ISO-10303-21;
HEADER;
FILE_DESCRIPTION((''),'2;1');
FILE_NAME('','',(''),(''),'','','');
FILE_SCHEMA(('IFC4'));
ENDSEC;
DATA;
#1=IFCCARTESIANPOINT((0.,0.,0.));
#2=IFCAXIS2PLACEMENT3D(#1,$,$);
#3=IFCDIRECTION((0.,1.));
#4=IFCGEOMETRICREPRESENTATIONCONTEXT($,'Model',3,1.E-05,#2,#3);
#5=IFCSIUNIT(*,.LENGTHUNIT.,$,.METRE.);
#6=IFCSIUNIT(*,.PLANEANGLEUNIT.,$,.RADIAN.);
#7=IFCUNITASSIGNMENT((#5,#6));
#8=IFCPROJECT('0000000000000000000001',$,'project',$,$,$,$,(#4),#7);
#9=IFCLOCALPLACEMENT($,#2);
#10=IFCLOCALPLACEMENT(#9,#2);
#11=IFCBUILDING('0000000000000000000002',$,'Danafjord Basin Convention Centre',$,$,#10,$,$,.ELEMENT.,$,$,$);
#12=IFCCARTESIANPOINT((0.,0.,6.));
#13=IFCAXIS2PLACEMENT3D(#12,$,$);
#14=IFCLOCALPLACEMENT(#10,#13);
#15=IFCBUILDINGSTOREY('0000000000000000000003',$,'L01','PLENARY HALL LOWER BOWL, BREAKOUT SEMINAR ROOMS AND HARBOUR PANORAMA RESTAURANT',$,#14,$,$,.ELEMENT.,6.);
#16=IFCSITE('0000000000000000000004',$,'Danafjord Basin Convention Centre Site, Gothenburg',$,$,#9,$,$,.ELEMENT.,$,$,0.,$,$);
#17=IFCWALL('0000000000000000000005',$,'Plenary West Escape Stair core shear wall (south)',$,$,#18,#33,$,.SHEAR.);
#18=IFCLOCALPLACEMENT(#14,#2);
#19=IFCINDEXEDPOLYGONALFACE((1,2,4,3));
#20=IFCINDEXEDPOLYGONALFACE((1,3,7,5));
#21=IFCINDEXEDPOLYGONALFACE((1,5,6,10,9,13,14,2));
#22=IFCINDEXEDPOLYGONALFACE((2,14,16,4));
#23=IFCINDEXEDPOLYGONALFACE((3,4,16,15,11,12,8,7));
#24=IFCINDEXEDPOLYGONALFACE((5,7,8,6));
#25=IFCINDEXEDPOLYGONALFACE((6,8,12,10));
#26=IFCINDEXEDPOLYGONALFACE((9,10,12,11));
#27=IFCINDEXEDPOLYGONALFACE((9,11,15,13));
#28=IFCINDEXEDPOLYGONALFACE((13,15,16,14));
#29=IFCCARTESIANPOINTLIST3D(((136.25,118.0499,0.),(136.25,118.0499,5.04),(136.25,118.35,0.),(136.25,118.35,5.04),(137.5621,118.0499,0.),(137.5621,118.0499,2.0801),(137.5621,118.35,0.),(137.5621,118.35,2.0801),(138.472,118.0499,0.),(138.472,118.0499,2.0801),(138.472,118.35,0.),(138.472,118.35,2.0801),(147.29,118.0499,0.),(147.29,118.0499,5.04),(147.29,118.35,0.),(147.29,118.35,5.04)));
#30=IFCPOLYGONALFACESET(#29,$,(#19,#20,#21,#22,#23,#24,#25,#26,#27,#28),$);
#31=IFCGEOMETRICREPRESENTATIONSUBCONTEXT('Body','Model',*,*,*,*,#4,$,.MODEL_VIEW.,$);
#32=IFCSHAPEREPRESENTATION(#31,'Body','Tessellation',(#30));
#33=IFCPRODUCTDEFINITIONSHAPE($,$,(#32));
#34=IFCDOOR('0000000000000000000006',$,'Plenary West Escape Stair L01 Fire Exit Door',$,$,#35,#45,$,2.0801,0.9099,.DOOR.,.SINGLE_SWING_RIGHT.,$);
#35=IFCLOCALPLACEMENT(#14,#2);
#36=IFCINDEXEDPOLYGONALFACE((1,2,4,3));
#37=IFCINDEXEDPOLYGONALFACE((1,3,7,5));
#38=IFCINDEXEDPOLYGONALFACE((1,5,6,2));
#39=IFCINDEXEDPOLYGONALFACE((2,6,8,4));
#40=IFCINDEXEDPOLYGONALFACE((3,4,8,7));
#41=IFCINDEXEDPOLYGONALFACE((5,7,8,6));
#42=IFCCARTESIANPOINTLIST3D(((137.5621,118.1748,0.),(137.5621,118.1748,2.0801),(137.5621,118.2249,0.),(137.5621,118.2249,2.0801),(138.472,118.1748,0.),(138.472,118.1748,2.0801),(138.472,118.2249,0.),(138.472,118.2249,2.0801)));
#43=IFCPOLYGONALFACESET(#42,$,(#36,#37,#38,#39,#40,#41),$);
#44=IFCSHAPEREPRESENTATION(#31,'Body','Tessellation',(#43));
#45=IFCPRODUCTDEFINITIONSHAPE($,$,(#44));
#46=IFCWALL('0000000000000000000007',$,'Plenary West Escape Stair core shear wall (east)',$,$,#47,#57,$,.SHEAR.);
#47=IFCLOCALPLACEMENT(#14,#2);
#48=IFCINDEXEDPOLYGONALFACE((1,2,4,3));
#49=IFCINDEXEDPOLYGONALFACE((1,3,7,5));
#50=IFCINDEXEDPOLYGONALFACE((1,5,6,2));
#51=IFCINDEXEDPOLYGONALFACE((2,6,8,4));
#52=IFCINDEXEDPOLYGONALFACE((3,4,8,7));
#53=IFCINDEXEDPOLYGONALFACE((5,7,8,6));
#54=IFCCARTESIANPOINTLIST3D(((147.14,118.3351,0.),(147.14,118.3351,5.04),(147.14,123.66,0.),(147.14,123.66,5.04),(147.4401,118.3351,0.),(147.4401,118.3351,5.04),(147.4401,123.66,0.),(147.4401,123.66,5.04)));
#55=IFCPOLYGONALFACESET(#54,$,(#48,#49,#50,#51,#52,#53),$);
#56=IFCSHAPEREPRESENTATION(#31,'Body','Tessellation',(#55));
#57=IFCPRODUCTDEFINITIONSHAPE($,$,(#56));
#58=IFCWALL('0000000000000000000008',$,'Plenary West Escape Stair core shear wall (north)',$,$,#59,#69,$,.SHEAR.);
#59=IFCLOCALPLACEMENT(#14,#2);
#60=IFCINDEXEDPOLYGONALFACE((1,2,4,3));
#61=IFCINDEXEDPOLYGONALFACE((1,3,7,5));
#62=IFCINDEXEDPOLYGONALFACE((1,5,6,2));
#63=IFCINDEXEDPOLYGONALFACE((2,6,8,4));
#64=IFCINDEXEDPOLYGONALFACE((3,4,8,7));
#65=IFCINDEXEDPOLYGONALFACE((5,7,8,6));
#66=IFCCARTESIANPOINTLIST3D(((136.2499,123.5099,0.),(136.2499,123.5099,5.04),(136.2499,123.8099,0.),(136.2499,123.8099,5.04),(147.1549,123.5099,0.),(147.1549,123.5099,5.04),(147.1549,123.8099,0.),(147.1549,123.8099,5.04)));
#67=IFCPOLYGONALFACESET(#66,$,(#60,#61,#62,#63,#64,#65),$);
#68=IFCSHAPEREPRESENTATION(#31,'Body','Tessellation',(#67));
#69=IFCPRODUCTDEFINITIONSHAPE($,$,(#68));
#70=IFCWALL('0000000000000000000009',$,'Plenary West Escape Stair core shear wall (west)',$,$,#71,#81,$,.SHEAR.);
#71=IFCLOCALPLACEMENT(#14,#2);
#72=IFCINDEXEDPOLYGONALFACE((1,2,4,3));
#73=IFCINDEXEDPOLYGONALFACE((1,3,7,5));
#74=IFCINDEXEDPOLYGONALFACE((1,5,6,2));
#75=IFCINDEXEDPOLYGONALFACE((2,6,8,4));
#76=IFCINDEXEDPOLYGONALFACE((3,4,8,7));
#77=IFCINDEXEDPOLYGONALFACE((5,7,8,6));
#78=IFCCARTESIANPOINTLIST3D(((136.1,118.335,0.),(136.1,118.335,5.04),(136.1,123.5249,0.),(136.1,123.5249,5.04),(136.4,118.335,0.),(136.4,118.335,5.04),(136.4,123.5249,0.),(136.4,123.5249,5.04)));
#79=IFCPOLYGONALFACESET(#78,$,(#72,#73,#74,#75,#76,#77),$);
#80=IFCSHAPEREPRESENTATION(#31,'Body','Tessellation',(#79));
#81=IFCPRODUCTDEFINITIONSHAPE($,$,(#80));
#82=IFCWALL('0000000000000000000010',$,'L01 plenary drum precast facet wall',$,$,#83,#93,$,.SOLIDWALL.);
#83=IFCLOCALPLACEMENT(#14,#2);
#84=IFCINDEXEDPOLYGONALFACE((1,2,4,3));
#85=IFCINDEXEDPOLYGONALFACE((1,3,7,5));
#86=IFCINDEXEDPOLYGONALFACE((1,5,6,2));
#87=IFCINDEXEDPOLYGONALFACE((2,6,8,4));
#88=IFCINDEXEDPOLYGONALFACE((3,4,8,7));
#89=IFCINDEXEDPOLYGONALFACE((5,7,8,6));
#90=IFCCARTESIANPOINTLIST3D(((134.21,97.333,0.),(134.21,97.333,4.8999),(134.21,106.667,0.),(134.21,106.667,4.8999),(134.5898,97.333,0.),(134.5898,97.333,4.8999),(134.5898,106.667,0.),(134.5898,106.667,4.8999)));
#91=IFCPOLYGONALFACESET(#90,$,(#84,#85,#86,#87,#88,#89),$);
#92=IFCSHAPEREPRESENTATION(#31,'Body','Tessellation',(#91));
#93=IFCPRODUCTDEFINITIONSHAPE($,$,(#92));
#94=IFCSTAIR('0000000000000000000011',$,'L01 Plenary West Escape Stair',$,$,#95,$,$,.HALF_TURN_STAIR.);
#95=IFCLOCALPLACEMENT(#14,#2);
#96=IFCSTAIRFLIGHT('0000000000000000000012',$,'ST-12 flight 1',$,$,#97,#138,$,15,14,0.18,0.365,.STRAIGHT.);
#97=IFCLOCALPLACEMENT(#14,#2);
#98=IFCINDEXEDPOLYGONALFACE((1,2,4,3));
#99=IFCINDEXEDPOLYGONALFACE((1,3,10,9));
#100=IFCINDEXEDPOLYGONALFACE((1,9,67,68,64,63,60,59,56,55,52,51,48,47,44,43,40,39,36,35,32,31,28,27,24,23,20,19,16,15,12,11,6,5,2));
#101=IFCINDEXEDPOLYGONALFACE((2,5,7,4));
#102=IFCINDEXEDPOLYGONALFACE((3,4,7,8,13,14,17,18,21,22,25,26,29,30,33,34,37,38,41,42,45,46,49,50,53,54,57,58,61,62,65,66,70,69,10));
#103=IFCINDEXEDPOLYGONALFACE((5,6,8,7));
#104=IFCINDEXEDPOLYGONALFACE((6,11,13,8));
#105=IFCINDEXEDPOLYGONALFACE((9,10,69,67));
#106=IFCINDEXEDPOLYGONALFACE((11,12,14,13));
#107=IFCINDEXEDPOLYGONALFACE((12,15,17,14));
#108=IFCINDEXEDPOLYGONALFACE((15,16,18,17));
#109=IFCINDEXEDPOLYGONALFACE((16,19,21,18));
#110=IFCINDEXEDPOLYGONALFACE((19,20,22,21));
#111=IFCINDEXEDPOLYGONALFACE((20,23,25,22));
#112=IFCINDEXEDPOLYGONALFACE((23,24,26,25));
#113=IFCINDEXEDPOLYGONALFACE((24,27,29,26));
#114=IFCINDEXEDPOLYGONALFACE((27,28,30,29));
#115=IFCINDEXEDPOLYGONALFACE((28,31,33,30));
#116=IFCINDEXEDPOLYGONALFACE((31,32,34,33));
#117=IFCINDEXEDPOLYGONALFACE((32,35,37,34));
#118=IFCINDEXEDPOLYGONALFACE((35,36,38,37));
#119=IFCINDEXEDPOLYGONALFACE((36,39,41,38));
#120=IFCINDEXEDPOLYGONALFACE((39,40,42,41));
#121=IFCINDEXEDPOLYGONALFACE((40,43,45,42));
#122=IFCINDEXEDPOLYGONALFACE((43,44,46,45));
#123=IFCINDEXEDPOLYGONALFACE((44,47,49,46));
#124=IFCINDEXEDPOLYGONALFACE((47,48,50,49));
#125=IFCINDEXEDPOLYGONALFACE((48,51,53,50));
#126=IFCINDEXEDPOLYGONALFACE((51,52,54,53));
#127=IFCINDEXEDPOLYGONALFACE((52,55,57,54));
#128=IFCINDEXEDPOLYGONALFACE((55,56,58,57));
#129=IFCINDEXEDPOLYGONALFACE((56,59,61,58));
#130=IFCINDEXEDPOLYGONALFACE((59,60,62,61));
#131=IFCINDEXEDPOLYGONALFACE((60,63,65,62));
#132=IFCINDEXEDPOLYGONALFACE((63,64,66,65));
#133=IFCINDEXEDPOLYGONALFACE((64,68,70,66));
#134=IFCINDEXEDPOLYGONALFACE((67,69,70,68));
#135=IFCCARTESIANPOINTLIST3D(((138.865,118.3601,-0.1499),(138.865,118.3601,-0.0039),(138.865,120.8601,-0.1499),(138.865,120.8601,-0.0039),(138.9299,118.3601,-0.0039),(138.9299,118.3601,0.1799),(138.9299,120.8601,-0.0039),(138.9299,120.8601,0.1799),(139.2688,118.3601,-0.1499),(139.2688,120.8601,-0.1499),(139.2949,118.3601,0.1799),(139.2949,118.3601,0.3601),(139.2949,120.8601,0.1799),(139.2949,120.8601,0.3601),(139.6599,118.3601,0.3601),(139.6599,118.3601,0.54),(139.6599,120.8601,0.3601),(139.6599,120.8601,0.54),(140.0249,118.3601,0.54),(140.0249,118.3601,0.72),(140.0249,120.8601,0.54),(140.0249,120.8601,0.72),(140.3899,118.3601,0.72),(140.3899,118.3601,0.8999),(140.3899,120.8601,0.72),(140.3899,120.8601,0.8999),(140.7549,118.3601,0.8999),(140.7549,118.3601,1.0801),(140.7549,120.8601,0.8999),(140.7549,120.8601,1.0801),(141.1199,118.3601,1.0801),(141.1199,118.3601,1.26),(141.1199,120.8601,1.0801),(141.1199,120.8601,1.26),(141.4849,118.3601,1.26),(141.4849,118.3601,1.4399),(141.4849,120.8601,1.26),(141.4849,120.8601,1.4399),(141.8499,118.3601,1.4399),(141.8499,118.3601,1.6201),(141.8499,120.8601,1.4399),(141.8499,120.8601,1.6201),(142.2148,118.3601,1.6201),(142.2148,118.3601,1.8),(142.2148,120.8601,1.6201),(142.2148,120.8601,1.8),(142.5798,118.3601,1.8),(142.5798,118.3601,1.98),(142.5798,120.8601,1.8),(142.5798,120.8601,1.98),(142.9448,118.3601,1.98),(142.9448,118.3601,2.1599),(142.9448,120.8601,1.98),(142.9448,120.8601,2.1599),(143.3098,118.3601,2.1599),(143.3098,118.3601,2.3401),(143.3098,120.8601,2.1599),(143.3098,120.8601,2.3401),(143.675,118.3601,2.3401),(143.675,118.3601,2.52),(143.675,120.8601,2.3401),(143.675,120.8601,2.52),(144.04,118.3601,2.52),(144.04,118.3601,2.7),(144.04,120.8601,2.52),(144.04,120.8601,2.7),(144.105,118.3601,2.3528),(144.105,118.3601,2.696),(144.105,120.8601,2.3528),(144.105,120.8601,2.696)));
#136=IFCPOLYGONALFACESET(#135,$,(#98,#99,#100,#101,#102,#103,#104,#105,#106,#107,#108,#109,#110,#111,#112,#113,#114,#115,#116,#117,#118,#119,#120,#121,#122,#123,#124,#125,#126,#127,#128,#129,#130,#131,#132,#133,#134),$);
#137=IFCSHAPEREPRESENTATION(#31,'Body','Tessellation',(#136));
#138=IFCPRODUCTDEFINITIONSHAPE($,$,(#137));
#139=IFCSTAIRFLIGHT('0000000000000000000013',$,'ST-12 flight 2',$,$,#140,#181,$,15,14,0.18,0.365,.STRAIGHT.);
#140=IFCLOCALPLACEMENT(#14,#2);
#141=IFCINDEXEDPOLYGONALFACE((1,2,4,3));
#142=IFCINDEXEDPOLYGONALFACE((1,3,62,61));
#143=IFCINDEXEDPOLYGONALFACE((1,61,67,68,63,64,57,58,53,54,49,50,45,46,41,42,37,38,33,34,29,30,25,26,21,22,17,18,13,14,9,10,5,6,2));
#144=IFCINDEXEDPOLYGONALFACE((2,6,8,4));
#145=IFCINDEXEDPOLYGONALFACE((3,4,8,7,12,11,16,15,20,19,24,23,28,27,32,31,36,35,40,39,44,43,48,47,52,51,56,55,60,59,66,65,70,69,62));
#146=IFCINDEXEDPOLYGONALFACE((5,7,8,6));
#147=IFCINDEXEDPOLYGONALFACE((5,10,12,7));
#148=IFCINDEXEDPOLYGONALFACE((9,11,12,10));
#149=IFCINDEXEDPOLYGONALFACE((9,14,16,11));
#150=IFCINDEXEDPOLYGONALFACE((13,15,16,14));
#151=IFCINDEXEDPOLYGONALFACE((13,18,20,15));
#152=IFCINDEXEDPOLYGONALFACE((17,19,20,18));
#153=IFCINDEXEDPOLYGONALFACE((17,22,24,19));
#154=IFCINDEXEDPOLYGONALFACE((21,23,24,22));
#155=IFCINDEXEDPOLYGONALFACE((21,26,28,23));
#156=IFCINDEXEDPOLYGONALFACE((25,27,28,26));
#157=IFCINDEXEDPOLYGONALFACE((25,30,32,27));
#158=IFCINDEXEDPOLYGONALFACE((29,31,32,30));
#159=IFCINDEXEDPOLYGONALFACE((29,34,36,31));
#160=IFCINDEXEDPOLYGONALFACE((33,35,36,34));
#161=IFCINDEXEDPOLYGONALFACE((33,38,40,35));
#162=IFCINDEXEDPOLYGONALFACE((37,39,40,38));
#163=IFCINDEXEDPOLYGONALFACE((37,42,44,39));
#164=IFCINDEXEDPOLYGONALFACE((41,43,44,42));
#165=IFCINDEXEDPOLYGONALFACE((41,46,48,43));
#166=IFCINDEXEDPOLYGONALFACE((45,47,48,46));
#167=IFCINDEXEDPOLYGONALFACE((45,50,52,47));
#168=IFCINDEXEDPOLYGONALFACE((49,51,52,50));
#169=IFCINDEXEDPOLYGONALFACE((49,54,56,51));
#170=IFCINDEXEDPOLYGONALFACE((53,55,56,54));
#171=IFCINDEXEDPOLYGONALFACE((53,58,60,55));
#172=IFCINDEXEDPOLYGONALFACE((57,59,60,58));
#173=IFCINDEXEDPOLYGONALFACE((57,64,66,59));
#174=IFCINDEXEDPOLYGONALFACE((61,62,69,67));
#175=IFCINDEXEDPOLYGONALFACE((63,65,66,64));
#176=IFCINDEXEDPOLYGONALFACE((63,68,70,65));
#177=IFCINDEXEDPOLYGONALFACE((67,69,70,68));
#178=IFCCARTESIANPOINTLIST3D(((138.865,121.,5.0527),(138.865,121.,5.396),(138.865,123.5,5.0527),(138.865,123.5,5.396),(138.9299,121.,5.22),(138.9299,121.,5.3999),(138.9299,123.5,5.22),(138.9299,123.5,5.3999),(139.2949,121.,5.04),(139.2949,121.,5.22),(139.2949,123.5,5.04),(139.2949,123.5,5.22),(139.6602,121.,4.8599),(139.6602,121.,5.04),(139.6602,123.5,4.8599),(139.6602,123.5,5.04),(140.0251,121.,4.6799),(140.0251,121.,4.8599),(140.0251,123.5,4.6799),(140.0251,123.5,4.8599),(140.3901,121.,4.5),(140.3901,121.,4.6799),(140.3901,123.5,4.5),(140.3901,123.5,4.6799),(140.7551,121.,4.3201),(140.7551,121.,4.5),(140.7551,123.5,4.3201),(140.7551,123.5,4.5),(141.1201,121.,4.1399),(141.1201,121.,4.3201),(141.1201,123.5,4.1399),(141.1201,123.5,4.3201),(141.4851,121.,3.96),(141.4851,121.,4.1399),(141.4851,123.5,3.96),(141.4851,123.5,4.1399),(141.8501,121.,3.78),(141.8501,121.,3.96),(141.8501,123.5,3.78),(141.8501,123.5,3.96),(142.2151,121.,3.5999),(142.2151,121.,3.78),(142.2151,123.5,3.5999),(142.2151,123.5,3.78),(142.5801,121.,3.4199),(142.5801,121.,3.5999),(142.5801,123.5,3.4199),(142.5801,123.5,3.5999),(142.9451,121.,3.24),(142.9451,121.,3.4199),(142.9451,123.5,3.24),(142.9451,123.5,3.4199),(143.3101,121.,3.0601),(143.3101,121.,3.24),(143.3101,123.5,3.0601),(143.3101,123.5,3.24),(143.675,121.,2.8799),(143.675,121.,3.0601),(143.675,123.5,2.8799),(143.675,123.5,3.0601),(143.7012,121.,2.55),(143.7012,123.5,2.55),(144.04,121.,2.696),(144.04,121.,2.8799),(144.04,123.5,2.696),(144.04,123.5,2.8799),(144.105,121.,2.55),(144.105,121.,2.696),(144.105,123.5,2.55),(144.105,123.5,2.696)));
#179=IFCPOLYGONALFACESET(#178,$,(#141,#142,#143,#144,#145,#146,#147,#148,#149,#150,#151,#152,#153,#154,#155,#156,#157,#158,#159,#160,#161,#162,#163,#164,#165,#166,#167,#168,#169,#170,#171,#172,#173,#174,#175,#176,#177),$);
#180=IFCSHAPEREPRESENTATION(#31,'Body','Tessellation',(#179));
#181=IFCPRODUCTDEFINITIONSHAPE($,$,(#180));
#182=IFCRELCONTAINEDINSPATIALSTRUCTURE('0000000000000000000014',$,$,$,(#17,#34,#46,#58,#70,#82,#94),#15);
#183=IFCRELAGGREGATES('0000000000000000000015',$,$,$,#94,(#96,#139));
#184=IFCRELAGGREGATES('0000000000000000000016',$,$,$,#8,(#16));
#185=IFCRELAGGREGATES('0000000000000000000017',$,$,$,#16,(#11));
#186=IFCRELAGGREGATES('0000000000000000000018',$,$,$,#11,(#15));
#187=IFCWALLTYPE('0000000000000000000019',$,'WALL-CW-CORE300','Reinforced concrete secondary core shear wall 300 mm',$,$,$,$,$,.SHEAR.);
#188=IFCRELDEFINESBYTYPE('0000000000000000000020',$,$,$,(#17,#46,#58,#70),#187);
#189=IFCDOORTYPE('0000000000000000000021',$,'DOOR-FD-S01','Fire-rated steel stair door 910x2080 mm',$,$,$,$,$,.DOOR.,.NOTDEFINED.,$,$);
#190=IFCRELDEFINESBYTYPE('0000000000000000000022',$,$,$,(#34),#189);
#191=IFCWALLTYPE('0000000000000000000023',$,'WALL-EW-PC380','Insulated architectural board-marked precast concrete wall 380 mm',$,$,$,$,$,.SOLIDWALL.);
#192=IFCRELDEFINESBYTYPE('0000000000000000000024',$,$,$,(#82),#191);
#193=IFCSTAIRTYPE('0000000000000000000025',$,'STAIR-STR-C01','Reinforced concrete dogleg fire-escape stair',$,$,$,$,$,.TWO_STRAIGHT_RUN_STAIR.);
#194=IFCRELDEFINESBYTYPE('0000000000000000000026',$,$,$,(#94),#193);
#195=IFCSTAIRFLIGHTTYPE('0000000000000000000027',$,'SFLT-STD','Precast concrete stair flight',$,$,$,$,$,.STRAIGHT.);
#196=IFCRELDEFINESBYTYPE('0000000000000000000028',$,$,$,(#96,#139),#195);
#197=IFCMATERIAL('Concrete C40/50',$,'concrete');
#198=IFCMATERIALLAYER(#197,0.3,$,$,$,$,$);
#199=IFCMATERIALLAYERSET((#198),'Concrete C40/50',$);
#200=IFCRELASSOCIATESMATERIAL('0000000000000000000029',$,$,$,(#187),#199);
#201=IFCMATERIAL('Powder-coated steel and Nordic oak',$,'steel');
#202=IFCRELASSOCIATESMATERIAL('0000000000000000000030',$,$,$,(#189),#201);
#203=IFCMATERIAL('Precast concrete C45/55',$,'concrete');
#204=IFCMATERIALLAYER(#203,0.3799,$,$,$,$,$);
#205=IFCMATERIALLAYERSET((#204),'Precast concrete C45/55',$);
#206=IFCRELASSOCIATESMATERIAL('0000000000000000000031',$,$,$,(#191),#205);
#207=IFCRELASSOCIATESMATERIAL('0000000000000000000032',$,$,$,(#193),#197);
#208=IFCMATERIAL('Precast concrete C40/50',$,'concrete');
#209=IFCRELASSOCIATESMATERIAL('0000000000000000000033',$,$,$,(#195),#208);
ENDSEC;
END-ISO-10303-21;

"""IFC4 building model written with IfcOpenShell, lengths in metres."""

from ifc_helpers import new_model, si_unit, direction, frame, frame_2d, origin, place, context, subcontext, project, spatial, polyline, rectangle, outline, extrude, material, layer, layer_set, type_object, element, fill, aggregate, save


model = new_model("IFC4")

# Units and contexts
model_context = context("Model", 3, precision=1e-05, world=origin(), true_north=direction((0.0, 1.0)))
body_context = subcontext(model_context, "Body", "Model", "MODEL_VIEW")
ifc_project = project(units=[si_unit("LENGTHUNIT", "METRE"), si_unit("PLANEANGLEUNIT", "RADIAN")], contexts=[model_context])

# Site, building, storey
site_placement = place(None, origin())
site = spatial("IfcSite", under=ifc_project, at=site_placement, Name="Danafjord Basin Convention Centre Site, Gothenburg", CompositionType="ELEMENT", RefElevation=0.0)
building_placement = place(site_placement, origin())
building = spatial("IfcBuilding", under=site, at=building_placement, Name="Danafjord Basin Convention Centre", CompositionType="ELEMENT")
storey_placement = place(building_placement, frame((0.0, 0.0, 6.0)))
storey = spatial("IfcBuildingStorey", under=building, at=storey_placement, Name="L01", Description="PLENARY HALL LOWER BOWL, BREAKOUT SEMINAR ROOMS AND HARBOUR PANORAMA RESTAURANT", CompositionType="ELEMENT", Elevation=6.0)

# Wall, opening, door
ifc_material_1 = material(Name="Concrete C40/50", Category="concrete")
ifc_layer_1 = layer(ifc_material_1, 0.3)
ifc_layer_set_1 = layer_set([ifc_layer_1], Name="Concrete C40/50")
wall_type_1 = type_object("IfcWallType", Name="WALL-CW-CORE300", Description="Reinforced concrete secondary core shear wall 300 mm", PredefinedType="SHEAR", material=ifc_layer_set_1)
wall_1_placement = place(storey_placement, frame((136.25, 118.2, 0.0), z_axis=(0.0, 0.0, 1.0), x_axis=(1.0, 0.0, 0.0)))
wall_1 = element("IfcWall", 1, at=wall_1_placement, inside=storey, type_object=wall_type_1, Name="Plenary West Escape Stair core shear wall (south)", PredefinedType="SHEAR", context=body_context, shape_type="SweptSolid", body=[
    extrude(rectangle(XDim=11.04, YDim=0.3, at=frame_2d((5.52, 0.0))), origin(), (0.0, 0.0, 1.0), 5.04),
])
opening_placement = place(wall_1_placement, frame((1.312, 0.0, 0.0)))
opening = element("IfcOpeningElement", 2, at=opening_placement, cuts=wall_1, PredefinedType="OPENING", context=body_context, shape_type="SweptSolid", body=[
    extrude(rectangle(XDim=0.9099, YDim=2.0801, at=frame_2d((0.4551, 1.04))), frame((0.0, 0.1599, 0.0), z_axis=(0.0, -1.0, 0.0), x_axis=(1.0, 0.0, 0.0)), (0.0, 0.0, 1.0), 0.3201),
])
ifc_material_2 = material(Name="Powder-coated steel and Nordic oak", Category="steel")
door_type = type_object("IfcDoorType", Name="DOOR-FD-S01", Description="Fire-rated steel stair door 910x2080 mm", OperationType="NOTDEFINED", PredefinedType="DOOR", material=ifc_material_2)
door_placement = place(opening_placement, origin())
door = element("IfcDoor", 3, at=door_placement, inside=storey, type_object=door_type, Name="Plenary West Escape Stair L01 Fire Exit Door", OperationType="SINGLE_SWING_RIGHT", OverallHeight=2.0801, OverallWidth=0.9099, PredefinedType="DOOR", context=body_context, shape_type="SweptSolid", body=[
    extrude(rectangle(XDim=0.9099, YDim=2.0801, at=frame_2d((0.4551, 1.04))), frame((0.0, 0.0249, 0.0), z_axis=(0.0, -1.0, 0.0), x_axis=(1.0, 0.0, 0.0)), (0.0, 0.0, 1.0), 0.05),
])
fill(opening, door)

# Walls
wall_2_placement = place(storey_placement, frame((147.29, 118.335, 0.0), z_axis=(0.0, 0.0, 1.0), x_axis=(0.0, 1.0, 0.0)))
element("IfcWall", 4, at=wall_2_placement, inside=storey, type_object=wall_type_1, Name="Plenary West Escape Stair core shear wall (east)", PredefinedType="SHEAR", context=body_context, shape_type="SweptSolid", body=[
    extrude(rectangle(XDim=5.325, YDim=0.3, at=frame_2d((2.6626, 0.0))), origin(), (0.0, 0.0, 1.0), 5.04),
])
wall_3_placement = place(storey_placement, frame((147.155, 123.6599, 0.0), z_axis=(0.0, 0.0, 1.0), x_axis=(-1.0, 0.0, 0.0)))
element("IfcWall", 5, at=wall_3_placement, inside=storey, type_object=wall_type_1, Name="Plenary West Escape Stair core shear wall (north)", PredefinedType="SHEAR", context=body_context, shape_type="SweptSolid", body=[
    extrude(rectangle(XDim=10.905, YDim=0.3, at=frame_2d((5.4526, 0.0))), origin(), (0.0, 0.0, 1.0), 5.04),
])
wall_4_placement = place(storey_placement, frame((136.25, 123.5249, 0.0), z_axis=(0.0, 0.0, 1.0), x_axis=(0.0, -1.0, 0.0)))
element("IfcWall", 6, at=wall_4_placement, inside=storey, type_object=wall_type_1, Name="Plenary West Escape Stair core shear wall (west)", PredefinedType="SHEAR", context=body_context, shape_type="SweptSolid", body=[
    extrude(rectangle(XDim=5.1899, YDim=0.3, at=frame_2d((2.595, 0.0))), origin(), (0.0, 0.0, 1.0), 5.04),
])
ifc_material_3 = material(Name="Precast concrete C45/55", Category="concrete")
ifc_layer_2 = layer(ifc_material_3, 0.3799)
ifc_layer_set_2 = layer_set([ifc_layer_2], Name="Precast concrete C45/55")
wall_type_2 = type_object("IfcWallType", Name="WALL-EW-PC380", Description="Insulated architectural board-marked precast concrete wall 380 mm", PredefinedType="SOLIDWALL", material=ifc_layer_set_2)
wall_5_placement = place(storey_placement, frame((134.3999, 106.667, 0.0), z_axis=(0.0, 0.0, 1.0), x_axis=(0.0, -1.0, 0.0)))
element("IfcWall", 7, at=wall_5_placement, inside=storey, type_object=wall_type_2, Name="L01 plenary drum precast facet wall", PredefinedType="SOLIDWALL", context=body_context, shape_type="SweptSolid", body=[
    extrude(rectangle(XDim=9.334, YDim=0.3799, at=frame_2d((4.667, 0.0))), origin(), (0.0, 0.0, 1.0), 4.8999),
])

# Stair, stair flights
stair_type = type_object("IfcStairType", Name="STAIR-STR-C01", Description="Reinforced concrete dogleg fire-escape stair", PredefinedType="TWO_STRAIGHT_RUN_STAIR", material=ifc_material_1)
stair_placement = place(storey_placement, origin())
stair = element("IfcStair", 8, at=stair_placement, inside=storey, type_object=stair_type, Name="L01 Plenary West Escape Stair", PredefinedType="HALF_TURN_STAIR")
ifc_material_4 = material(Name="Precast concrete C40/50", Category="concrete")
stair_flight_type = type_object("IfcStairFlightType", Name="SFLT-STD", Description="Precast concrete stair flight", PredefinedType="STRAIGHT", material=ifc_material_4)
stair_flight_1_placement = place(storey_placement, frame((138.9299, 119.6101, 0.0), z_axis=(0.0, 0.0, 1.0), x_axis=(1.0, 0.0, 0.0)))
stair_flight_1 = element("IfcStairFlight", 9, at=stair_flight_1_placement, type_object=stair_flight_type, Name="ST-12 flight 1", NumberOfRisers=15, NumberOfTreads=14, PredefinedType="STRAIGHT", RiserHeight=0.18, TreadLength=0.365, context=body_context, shape_type="SweptSolid", body=[
    extrude(outline(polyline([(-0.0649, -0.1499), (-0.0649, -0.0039), (0.0, -0.0039), (0.0, 0.1799), (0.365, 0.1799), (0.365, 0.3601), (0.73, 0.3601), (0.73, 0.54), (1.095, 0.54), (1.095, 0.72), (1.46, 0.72), (1.46, 0.8999), (1.825, 0.8999), (1.825, 1.0801), (2.1899, 1.0801), (2.1899, 1.26), (2.5549, 1.26), (2.5549, 1.4399), (2.9199, 1.4399), (2.9199, 1.6201), (3.2849, 1.6201), (3.2849, 1.8), (3.6499, 1.8), (3.6499, 1.98), (4.0149, 1.98), (4.0149, 2.1599), (4.3799, 2.1599), (4.3799, 2.3401), (4.7451, 2.3401), (4.7451, 2.52), (5.1101, 2.52), (5.1101, 2.7), (5.175, 2.696), (5.175, 2.3528), (0.3389, -0.1499), (-0.0649, -0.1499)])), frame((0.0, 1.25, 0.0), z_axis=(0.0, -1.0, 0.0), x_axis=(1.0, 0.0, 0.0)), (0.0, 0.0, 1.0), 2.5),
])
stair_flight_2_placement = place(storey_placement, frame((144.04, 122.25, 2.7), z_axis=(0.0, 0.0, 1.0), x_axis=(-1.0, 0.0, 0.0)))
stair_flight_2 = element("IfcStairFlight", 10, at=stair_flight_2_placement, type_object=stair_flight_type, Name="ST-12 flight 2", NumberOfRisers=15, NumberOfTreads=14, PredefinedType="STRAIGHT", RiserHeight=0.18, TreadLength=0.365, context=body_context, shape_type="SweptSolid", body=[
    extrude(outline(polyline([(-0.0649, -0.1499), (-0.0649, -0.0039), (0.0, -0.0039), (0.0, 0.1799), (0.365, 0.1799), (0.365, 0.3601), (0.73, 0.3601), (0.73, 0.54), (1.095, 0.54), (1.095, 0.72), (1.46, 0.72), (1.46, 0.8999), (1.825, 0.8999), (1.825, 1.0801), (2.1899, 1.0801), (2.1899, 1.26), (2.5549, 1.26), (2.5549, 1.4399), (2.9199, 1.4399), (2.9199, 1.6201), (3.2849, 1.6201), (3.2849, 1.8), (3.6499, 1.8), (3.6499, 1.98), (4.0149, 1.98), (4.0149, 2.1599), (4.3799, 2.1599), (4.3799, 2.3401), (4.7451, 2.3401), (4.7451, 2.52), (5.1101, 2.52), (5.1101, 2.7), (5.175, 2.696), (5.175, 2.3528), (0.3389, -0.1499), (-0.0649, -0.1499)])), frame((0.0, 1.25, 0.0), z_axis=(0.0, -1.0, 0.0), x_axis=(1.0, 0.0, 0.0)), (0.0, 0.0, 1.0), 2.5),
])
aggregate(stair, [stair_flight_1, stair_flight_2])

save(model, "model.ifc")
